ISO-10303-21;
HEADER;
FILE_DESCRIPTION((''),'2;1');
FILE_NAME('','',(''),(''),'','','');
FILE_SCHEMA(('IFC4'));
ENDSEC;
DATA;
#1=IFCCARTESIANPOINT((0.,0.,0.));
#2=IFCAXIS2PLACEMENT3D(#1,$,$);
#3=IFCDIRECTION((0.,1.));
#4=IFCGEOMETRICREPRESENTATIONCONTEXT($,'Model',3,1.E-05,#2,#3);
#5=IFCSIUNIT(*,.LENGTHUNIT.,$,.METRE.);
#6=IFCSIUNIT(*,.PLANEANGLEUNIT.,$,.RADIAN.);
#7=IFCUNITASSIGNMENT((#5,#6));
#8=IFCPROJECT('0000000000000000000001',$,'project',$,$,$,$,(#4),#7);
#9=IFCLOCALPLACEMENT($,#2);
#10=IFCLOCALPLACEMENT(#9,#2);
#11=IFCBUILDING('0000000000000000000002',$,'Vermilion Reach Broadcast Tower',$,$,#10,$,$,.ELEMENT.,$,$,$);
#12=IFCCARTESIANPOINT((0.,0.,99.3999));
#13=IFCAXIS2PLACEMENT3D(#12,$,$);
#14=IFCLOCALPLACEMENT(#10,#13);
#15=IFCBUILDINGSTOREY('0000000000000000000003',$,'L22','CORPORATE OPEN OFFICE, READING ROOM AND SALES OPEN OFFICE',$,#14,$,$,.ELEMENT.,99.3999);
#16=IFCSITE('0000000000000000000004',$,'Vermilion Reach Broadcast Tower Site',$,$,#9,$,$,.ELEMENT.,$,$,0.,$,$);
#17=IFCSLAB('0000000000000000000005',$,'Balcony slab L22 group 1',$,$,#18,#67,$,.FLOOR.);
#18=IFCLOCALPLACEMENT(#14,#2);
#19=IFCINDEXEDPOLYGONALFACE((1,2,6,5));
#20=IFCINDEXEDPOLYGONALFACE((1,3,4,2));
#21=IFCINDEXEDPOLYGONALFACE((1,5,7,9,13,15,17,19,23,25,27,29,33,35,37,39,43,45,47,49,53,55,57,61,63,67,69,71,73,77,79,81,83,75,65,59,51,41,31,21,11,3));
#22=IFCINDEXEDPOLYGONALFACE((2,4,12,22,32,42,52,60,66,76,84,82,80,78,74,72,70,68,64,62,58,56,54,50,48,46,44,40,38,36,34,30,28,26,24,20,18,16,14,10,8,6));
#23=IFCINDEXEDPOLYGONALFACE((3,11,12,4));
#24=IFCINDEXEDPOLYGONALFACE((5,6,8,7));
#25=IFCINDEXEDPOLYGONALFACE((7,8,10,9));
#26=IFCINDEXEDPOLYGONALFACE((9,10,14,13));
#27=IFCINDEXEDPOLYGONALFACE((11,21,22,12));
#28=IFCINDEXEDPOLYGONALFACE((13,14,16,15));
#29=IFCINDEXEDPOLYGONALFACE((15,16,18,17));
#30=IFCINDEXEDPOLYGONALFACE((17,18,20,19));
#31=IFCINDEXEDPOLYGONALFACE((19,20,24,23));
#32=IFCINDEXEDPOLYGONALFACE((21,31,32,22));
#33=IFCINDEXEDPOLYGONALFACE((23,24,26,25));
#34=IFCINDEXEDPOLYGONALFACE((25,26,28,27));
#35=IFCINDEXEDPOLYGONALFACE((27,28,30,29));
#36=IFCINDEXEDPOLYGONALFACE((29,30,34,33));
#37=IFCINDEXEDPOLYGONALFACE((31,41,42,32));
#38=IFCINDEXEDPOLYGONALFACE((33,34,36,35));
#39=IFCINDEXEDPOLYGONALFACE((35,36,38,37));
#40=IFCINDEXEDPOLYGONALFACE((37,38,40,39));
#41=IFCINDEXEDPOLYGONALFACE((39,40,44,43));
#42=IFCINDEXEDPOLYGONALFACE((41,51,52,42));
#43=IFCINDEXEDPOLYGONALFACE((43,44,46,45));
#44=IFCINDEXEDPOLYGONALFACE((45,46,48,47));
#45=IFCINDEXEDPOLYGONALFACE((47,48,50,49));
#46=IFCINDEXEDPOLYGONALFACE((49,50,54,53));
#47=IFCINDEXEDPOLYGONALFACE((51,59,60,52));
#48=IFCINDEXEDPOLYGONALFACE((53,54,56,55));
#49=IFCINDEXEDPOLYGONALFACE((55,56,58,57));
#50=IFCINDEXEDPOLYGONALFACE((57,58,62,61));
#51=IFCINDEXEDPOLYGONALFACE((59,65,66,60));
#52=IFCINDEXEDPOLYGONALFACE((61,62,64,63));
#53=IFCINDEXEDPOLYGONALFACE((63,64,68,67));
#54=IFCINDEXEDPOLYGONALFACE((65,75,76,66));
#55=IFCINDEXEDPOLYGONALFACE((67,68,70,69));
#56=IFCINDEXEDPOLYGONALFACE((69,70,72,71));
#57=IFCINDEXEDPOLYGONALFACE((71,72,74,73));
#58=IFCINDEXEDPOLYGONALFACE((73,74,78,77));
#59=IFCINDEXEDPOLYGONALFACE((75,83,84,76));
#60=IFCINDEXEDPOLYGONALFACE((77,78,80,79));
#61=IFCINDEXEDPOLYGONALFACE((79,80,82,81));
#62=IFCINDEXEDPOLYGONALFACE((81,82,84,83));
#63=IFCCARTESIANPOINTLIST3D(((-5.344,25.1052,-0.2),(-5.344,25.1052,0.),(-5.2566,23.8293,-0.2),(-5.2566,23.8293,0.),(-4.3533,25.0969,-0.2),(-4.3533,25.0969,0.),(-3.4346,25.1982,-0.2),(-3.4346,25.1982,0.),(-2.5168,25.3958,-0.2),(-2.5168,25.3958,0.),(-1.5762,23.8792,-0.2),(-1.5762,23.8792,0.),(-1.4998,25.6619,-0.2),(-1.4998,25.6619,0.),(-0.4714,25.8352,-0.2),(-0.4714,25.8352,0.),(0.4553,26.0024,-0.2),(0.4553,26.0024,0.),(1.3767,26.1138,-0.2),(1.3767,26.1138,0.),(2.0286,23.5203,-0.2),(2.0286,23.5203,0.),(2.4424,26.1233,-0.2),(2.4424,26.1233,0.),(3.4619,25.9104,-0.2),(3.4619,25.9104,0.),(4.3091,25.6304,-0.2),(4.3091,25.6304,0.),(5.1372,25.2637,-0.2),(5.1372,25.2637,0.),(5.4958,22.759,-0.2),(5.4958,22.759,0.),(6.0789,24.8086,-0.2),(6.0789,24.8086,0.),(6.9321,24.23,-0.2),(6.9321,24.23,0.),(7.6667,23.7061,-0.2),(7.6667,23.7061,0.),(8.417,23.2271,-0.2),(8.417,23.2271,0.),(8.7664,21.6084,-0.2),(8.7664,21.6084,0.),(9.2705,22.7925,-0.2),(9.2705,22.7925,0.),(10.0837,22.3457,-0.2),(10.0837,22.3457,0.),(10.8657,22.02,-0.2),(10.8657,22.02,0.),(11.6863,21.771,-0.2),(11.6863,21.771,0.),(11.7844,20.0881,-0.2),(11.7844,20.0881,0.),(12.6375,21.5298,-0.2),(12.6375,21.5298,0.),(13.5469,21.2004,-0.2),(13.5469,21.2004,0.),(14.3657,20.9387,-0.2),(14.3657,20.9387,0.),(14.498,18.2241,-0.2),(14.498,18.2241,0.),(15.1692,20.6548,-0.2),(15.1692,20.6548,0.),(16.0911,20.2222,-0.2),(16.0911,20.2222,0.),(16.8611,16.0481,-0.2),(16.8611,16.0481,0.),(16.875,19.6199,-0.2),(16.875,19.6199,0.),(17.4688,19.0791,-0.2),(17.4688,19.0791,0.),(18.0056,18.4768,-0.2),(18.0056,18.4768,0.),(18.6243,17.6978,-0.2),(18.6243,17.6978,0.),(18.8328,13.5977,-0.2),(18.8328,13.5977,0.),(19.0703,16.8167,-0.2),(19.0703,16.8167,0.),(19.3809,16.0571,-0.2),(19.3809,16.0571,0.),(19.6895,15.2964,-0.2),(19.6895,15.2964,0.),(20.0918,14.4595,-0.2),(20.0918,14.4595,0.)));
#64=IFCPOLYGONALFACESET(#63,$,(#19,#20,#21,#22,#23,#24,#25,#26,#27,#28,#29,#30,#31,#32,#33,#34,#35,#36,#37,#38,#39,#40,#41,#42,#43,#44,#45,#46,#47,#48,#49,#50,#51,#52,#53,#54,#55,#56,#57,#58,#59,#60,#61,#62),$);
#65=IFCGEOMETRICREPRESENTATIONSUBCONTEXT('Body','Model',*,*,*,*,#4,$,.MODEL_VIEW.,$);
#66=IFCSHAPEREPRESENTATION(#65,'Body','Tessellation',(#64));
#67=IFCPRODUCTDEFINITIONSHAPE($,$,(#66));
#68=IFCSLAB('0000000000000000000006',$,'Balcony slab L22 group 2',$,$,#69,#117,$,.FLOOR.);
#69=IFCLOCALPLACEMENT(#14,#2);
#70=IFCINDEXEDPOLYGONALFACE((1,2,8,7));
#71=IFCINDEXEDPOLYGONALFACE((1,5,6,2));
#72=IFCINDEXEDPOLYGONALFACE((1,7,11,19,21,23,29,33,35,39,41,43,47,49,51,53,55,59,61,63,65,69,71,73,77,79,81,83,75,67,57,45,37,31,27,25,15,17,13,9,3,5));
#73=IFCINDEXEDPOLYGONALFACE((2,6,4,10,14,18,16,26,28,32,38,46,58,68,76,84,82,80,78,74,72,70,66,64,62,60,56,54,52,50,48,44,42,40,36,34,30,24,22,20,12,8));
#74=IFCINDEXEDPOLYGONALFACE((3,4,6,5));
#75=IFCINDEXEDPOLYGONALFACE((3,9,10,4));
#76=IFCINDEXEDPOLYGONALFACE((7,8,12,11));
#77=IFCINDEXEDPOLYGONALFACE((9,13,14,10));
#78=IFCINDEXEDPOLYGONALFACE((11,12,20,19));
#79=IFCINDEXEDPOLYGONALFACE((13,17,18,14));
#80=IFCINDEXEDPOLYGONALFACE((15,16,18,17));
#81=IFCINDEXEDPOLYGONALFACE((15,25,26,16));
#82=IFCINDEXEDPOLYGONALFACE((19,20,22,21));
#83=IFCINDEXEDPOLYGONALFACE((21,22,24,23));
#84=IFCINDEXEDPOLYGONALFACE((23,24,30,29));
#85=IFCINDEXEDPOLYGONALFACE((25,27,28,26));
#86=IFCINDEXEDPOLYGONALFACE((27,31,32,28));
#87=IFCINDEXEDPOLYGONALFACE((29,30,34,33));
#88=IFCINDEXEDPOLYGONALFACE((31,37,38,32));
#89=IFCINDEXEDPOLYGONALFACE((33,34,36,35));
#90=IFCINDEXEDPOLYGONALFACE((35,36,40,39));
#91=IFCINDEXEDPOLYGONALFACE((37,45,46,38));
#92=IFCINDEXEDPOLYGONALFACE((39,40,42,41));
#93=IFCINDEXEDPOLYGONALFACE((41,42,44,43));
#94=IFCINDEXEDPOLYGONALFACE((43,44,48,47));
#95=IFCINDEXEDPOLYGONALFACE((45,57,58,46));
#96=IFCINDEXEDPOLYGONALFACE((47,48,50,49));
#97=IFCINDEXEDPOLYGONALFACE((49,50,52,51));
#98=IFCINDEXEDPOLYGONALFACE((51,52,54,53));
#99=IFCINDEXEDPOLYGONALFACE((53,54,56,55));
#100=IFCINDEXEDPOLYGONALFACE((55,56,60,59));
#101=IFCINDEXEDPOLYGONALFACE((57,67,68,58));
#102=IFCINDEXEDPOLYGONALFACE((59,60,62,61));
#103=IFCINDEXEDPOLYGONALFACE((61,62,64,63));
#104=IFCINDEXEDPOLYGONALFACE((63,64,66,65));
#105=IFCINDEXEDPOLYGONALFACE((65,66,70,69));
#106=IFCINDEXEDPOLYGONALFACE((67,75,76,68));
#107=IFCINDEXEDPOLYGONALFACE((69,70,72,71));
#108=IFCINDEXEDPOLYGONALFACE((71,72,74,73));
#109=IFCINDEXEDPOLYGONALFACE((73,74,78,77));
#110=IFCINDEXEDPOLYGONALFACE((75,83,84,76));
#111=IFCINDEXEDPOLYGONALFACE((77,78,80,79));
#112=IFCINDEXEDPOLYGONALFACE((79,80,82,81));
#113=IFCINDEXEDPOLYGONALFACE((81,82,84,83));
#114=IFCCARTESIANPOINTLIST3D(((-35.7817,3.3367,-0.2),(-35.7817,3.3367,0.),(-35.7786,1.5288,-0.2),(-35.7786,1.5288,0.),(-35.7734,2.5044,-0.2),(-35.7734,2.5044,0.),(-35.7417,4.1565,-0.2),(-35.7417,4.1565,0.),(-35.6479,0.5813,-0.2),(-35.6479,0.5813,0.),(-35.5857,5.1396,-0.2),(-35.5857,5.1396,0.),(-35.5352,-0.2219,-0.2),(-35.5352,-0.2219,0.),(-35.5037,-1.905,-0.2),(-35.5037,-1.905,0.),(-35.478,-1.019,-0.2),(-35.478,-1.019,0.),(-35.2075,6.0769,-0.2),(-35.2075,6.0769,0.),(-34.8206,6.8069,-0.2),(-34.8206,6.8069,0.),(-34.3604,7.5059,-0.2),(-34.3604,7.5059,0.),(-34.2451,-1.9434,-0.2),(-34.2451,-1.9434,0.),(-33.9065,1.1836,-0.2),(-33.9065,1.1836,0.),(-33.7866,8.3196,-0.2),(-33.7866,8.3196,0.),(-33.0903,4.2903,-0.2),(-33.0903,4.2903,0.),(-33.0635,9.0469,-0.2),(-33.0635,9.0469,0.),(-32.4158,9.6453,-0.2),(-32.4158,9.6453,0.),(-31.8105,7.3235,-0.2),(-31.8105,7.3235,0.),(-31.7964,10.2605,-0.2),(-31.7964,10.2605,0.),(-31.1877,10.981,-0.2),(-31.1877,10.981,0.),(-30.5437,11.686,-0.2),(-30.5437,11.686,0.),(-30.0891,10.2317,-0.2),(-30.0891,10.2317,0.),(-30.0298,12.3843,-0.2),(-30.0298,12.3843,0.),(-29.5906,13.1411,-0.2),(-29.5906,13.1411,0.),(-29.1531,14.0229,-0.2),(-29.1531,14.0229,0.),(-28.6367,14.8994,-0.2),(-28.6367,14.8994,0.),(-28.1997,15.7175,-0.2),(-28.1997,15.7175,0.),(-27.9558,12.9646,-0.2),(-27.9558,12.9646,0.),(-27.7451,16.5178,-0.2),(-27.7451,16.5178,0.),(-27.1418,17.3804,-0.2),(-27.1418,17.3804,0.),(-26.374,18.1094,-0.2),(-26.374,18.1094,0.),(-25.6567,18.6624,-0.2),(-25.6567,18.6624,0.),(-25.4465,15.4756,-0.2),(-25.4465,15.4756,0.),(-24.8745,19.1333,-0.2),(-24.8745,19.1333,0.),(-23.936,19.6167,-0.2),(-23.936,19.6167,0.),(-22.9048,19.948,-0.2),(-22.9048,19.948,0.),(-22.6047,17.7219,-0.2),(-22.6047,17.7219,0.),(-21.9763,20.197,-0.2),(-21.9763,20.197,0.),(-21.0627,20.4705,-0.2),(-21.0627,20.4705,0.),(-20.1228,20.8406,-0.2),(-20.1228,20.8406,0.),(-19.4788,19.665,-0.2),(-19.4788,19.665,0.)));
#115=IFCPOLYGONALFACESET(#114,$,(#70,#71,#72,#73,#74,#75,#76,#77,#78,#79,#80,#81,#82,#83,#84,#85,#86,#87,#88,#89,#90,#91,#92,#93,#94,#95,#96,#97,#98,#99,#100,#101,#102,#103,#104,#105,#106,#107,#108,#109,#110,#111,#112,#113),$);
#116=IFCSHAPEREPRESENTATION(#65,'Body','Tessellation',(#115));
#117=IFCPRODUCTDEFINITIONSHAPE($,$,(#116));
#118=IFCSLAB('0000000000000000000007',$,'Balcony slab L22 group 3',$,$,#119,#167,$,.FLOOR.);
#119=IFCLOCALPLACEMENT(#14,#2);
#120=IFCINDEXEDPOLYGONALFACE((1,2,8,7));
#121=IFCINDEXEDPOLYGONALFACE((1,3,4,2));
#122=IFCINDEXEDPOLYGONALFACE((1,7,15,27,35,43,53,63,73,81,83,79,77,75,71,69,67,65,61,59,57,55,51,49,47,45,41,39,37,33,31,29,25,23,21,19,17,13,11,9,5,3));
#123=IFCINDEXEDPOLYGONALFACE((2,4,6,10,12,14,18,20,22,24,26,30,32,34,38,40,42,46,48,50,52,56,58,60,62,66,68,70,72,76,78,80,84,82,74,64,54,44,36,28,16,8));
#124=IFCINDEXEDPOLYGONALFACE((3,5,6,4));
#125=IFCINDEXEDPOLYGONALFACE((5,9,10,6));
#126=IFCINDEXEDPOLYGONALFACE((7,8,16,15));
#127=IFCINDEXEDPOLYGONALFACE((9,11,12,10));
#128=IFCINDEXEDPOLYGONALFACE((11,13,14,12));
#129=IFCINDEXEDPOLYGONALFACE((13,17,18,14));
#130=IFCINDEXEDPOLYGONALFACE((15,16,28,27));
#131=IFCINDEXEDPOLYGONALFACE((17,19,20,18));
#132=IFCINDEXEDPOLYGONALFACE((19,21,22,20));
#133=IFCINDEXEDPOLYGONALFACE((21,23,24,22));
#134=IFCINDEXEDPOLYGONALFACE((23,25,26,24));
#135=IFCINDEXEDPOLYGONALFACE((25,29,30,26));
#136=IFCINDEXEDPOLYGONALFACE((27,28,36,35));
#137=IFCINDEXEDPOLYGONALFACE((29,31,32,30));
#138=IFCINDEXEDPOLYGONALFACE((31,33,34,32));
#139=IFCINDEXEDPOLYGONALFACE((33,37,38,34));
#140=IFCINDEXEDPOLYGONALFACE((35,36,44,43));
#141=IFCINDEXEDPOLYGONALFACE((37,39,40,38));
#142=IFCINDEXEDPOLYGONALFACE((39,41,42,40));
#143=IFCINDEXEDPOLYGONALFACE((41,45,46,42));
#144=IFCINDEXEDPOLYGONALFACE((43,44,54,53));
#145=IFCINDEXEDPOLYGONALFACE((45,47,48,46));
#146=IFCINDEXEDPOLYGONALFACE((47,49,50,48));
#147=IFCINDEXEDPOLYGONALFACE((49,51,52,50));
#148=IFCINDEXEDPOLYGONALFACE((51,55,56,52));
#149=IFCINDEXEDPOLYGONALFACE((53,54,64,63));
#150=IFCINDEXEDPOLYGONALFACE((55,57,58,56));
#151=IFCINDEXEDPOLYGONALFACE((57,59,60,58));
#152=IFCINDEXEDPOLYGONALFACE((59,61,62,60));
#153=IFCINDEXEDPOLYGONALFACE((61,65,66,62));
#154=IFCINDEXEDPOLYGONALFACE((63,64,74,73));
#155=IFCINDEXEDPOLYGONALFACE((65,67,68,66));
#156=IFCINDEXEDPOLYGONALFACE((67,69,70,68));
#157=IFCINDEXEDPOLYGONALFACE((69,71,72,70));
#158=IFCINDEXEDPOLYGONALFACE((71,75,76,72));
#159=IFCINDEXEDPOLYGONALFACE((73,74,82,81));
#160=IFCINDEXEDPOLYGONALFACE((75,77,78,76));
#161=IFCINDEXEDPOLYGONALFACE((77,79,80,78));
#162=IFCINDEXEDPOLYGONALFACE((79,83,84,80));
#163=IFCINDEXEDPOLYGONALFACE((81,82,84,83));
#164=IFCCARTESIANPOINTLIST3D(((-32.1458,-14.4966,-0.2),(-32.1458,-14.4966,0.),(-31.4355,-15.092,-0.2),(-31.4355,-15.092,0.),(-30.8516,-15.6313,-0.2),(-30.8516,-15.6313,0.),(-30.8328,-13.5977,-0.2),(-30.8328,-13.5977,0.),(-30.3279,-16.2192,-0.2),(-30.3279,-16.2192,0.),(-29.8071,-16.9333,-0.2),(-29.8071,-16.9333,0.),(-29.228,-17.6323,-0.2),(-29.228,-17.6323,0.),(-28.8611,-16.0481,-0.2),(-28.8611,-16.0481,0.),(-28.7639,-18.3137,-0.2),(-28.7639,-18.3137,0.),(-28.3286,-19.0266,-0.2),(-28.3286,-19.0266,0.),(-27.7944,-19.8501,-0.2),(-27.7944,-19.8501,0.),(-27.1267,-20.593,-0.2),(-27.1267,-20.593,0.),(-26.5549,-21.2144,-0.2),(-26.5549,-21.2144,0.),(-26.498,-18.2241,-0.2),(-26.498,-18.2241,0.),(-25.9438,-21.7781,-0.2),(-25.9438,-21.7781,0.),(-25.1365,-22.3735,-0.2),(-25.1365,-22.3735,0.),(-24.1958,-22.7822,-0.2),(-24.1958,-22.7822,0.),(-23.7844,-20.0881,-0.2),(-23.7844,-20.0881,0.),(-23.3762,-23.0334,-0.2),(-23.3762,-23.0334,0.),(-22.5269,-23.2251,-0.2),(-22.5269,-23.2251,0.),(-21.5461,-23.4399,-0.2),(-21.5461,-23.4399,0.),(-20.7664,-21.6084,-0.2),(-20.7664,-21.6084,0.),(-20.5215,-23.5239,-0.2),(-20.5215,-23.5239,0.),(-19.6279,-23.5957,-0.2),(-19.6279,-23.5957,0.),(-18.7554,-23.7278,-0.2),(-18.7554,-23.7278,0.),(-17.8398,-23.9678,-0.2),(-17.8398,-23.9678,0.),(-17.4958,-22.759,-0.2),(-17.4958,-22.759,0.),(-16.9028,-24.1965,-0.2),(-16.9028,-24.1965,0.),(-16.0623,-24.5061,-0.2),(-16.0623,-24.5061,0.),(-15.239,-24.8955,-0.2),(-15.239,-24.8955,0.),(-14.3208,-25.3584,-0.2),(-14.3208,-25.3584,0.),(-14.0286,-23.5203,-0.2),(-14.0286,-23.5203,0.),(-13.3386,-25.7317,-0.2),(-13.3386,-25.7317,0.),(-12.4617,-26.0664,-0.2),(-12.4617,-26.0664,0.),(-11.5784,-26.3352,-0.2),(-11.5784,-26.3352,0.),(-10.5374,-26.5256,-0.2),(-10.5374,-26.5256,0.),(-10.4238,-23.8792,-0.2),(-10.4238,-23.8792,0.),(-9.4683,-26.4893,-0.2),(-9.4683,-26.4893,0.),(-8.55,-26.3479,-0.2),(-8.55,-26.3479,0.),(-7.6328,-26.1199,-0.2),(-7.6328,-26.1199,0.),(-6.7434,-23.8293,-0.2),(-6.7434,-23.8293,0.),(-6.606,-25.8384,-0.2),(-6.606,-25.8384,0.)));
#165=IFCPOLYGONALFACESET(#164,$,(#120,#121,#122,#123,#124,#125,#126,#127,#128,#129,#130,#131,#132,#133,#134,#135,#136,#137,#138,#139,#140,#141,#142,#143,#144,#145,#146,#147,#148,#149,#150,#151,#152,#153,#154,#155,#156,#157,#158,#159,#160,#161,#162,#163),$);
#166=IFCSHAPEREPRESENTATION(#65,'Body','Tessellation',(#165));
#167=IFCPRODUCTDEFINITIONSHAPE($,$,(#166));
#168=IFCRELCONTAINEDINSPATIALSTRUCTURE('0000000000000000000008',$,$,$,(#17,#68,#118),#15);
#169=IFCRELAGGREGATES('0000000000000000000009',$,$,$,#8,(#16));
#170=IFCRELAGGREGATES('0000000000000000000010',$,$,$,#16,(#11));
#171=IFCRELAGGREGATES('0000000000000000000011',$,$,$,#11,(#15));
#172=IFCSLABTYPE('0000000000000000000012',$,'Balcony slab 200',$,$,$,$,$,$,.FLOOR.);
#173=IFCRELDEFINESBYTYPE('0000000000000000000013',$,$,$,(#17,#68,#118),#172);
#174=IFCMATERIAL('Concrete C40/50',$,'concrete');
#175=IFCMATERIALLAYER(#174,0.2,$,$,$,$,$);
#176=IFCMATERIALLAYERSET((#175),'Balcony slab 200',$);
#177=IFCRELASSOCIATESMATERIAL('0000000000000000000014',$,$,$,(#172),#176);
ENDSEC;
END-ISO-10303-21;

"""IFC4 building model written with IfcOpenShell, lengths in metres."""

from ifc_helpers import new_model, si_unit, direction, frame, origin, place, context, subcontext, project, spatial, polyline, outline, extrude, material, layer, layer_set, type_object, element, save


model = new_model("IFC4")

# Units and contexts
model_context = context("Model", 3, precision=1e-05, world=origin(), true_north=direction((0.0, 1.0)))
body_context = subcontext(model_context, "Body", "Model", "MODEL_VIEW")
ifc_project = project(units=[si_unit("LENGTHUNIT", "METRE"), si_unit("PLANEANGLEUNIT", "RADIAN")], contexts=[model_context])

# Site, building, storey
site_placement = place(None, origin())
site = spatial("IfcSite", under=ifc_project, at=site_placement, Name="Vermilion Reach Broadcast Tower Site", CompositionType="ELEMENT", RefElevation=0.0)
building_placement = place(site_placement, origin())
building = spatial("IfcBuilding", under=site, at=building_placement, Name="Vermilion Reach Broadcast Tower", CompositionType="ELEMENT")
storey_placement = place(building_placement, frame((0.0, 0.0, 99.3999)))
storey = spatial("IfcBuildingStorey", under=building, at=storey_placement, Name="L22", Description="CORPORATE OPEN OFFICE, READING ROOM AND SALES OPEN OFFICE", CompositionType="ELEMENT", Elevation=99.3999)

# Slabs
ifc_material_1 = material(Name="Concrete C40/50", Category="concrete")
ifc_layer_1 = layer(ifc_material_1, 0.2)
ifc_layer_set_1 = layer_set([ifc_layer_1], Name="Balcony slab 200")
slab_type_1 = type_object("IfcSlabType", Name="Balcony slab 200", PredefinedType="FLOOR", material=ifc_layer_set_1)
placement_1 = place(storey_placement, frame((0.0, 0.0, -0.2)))
element("IfcSlab", 1, at=placement_1, inside=storey, type_object=slab_type_1, Name="Balcony slab L22 group 1", PredefinedType="FLOOR", context=body_context, shape_type="SweptSolid", body=[
    extrude(outline(polyline([(18.8328, 13.5977), (16.8611, 16.0481), (14.498, 18.2241), (11.7844, 20.0881), (8.7664, 21.6084), (5.4958, 22.759), (2.0286, 23.5203), (-1.5762, 23.8792), (-5.2566, 23.8293), (-5.344, 25.1052), (-4.3533, 25.0969), (-3.4346, 25.1982), (-2.5168, 25.3958), (-1.4998, 25.6619), (-0.4714, 25.8352), (0.4553, 26.0024), (1.3767, 26.1138), (2.4424, 26.1233), (3.4619, 25.9104), (4.3091, 25.6304), (5.1372, 25.2637), (6.0789, 24.8086), (6.9321, 24.23), (7.6667, 23.7061), (8.417, 23.2271), (9.2705, 22.7925), (10.0837, 22.3457), (10.8657, 22.02), (11.6863, 21.771), (12.6375, 21.5298), (13.5469, 21.2004), (14.3657, 20.9387), (15.1692, 20.6548), (16.0911, 20.2222), (16.875, 19.6199), (17.4688, 19.0791), (18.0056, 18.4768), (18.6243, 17.6978), (19.0703, 16.8167), (19.3809, 16.0571), (19.6895, 15.2964), (20.0918, 14.4595), (18.8328, 13.5977)])), origin(), (0.0, 0.0, 1.0), 0.2),
])
element("IfcSlab", 2, at=placement_1, inside=storey, type_object=slab_type_1, Name="Balcony slab L22 group 2", PredefinedType="FLOOR", context=body_context, shape_type="SweptSolid", body=[
    extrude(outline(polyline([(-19.4788, 19.665), (-22.6047, 17.7219), (-25.4465, 15.4756), (-27.9558, 12.9646), (-30.0891, 10.2317), (-31.8105, 7.3235), (-33.0903, 4.2903), (-33.9065, 1.1836), (-34.2451, -1.9434), (-35.5037, -1.905), (-35.478, -1.019), (-35.5352, -0.2219), (-35.6479, 0.5813), (-35.7786, 1.5288), (-35.7734, 2.5044), (-35.7817, 3.3367), (-35.7417, 4.1565), (-35.5857, 5.1396), (-35.2075, 6.0769), (-34.8206, 6.8069), (-34.3604, 7.5059), (-33.7866, 8.3196), (-33.0635, 9.0469), (-32.4158, 9.6453), (-31.7964, 10.2605), (-31.1877, 10.981), (-30.5437, 11.686), (-30.0298, 12.3843), (-29.5906, 13.1411), (-29.1531, 14.0229), (-28.6367, 14.8994), (-28.1997, 15.7175), (-27.7451, 16.5178), (-27.1418, 17.3804), (-26.374, 18.1094), (-25.6567, 18.6624), (-24.8745, 19.1333), (-23.936, 19.6167), (-22.9048, 19.948), (-21.9763, 20.197), (-21.0627, 20.4705), (-20.1228, 20.8406), (-19.4788, 19.665)])), origin(), (0.0, 0.0, 1.0), 0.2),
])
element("IfcSlab", 3, at=placement_1, inside=storey, type_object=slab_type_1, Name="Balcony slab L22 group 3", PredefinedType="FLOOR", context=body_context, shape_type="SweptSolid", body=[
    extrude(outline(polyline([(-30.8328, -13.5977), (-28.8611, -16.0481), (-26.498, -18.2241), (-23.7844, -20.0881), (-20.7664, -21.6084), (-17.4958, -22.759), (-14.0286, -23.5203), (-10.4238, -23.8792), (-6.7434, -23.8293), (-6.606, -25.8384), (-7.6328, -26.1199), (-8.55, -26.3479), (-9.4683, -26.4893), (-10.5374, -26.5256), (-11.5784, -26.3352), (-12.4617, -26.0664), (-13.3386, -25.7317), (-14.3208, -25.3584), (-15.239, -24.8955), (-16.0623, -24.5061), (-16.9028, -24.1965), (-17.8398, -23.9678), (-18.7554, -23.7278), (-19.6279, -23.5957), (-20.5215, -23.5239), (-21.5461, -23.4399), (-22.5269, -23.2251), (-23.3762, -23.0334), (-24.1958, -22.7822), (-25.1365, -22.3735), (-25.9438, -21.7781), (-26.5549, -21.2144), (-27.1267, -20.593), (-27.7944, -19.8501), (-28.3286, -19.0266), (-28.7639, -18.3137), (-29.228, -17.6323), (-29.8071, -16.9333), (-30.3279, -16.2192), (-30.8516, -15.6313), (-31.4355, -15.092), (-32.1458, -14.4966), (-30.8328, -13.5977)])), origin(), (0.0, 0.0, 1.0), 0.2),
])

save(model, "model.ifc")
